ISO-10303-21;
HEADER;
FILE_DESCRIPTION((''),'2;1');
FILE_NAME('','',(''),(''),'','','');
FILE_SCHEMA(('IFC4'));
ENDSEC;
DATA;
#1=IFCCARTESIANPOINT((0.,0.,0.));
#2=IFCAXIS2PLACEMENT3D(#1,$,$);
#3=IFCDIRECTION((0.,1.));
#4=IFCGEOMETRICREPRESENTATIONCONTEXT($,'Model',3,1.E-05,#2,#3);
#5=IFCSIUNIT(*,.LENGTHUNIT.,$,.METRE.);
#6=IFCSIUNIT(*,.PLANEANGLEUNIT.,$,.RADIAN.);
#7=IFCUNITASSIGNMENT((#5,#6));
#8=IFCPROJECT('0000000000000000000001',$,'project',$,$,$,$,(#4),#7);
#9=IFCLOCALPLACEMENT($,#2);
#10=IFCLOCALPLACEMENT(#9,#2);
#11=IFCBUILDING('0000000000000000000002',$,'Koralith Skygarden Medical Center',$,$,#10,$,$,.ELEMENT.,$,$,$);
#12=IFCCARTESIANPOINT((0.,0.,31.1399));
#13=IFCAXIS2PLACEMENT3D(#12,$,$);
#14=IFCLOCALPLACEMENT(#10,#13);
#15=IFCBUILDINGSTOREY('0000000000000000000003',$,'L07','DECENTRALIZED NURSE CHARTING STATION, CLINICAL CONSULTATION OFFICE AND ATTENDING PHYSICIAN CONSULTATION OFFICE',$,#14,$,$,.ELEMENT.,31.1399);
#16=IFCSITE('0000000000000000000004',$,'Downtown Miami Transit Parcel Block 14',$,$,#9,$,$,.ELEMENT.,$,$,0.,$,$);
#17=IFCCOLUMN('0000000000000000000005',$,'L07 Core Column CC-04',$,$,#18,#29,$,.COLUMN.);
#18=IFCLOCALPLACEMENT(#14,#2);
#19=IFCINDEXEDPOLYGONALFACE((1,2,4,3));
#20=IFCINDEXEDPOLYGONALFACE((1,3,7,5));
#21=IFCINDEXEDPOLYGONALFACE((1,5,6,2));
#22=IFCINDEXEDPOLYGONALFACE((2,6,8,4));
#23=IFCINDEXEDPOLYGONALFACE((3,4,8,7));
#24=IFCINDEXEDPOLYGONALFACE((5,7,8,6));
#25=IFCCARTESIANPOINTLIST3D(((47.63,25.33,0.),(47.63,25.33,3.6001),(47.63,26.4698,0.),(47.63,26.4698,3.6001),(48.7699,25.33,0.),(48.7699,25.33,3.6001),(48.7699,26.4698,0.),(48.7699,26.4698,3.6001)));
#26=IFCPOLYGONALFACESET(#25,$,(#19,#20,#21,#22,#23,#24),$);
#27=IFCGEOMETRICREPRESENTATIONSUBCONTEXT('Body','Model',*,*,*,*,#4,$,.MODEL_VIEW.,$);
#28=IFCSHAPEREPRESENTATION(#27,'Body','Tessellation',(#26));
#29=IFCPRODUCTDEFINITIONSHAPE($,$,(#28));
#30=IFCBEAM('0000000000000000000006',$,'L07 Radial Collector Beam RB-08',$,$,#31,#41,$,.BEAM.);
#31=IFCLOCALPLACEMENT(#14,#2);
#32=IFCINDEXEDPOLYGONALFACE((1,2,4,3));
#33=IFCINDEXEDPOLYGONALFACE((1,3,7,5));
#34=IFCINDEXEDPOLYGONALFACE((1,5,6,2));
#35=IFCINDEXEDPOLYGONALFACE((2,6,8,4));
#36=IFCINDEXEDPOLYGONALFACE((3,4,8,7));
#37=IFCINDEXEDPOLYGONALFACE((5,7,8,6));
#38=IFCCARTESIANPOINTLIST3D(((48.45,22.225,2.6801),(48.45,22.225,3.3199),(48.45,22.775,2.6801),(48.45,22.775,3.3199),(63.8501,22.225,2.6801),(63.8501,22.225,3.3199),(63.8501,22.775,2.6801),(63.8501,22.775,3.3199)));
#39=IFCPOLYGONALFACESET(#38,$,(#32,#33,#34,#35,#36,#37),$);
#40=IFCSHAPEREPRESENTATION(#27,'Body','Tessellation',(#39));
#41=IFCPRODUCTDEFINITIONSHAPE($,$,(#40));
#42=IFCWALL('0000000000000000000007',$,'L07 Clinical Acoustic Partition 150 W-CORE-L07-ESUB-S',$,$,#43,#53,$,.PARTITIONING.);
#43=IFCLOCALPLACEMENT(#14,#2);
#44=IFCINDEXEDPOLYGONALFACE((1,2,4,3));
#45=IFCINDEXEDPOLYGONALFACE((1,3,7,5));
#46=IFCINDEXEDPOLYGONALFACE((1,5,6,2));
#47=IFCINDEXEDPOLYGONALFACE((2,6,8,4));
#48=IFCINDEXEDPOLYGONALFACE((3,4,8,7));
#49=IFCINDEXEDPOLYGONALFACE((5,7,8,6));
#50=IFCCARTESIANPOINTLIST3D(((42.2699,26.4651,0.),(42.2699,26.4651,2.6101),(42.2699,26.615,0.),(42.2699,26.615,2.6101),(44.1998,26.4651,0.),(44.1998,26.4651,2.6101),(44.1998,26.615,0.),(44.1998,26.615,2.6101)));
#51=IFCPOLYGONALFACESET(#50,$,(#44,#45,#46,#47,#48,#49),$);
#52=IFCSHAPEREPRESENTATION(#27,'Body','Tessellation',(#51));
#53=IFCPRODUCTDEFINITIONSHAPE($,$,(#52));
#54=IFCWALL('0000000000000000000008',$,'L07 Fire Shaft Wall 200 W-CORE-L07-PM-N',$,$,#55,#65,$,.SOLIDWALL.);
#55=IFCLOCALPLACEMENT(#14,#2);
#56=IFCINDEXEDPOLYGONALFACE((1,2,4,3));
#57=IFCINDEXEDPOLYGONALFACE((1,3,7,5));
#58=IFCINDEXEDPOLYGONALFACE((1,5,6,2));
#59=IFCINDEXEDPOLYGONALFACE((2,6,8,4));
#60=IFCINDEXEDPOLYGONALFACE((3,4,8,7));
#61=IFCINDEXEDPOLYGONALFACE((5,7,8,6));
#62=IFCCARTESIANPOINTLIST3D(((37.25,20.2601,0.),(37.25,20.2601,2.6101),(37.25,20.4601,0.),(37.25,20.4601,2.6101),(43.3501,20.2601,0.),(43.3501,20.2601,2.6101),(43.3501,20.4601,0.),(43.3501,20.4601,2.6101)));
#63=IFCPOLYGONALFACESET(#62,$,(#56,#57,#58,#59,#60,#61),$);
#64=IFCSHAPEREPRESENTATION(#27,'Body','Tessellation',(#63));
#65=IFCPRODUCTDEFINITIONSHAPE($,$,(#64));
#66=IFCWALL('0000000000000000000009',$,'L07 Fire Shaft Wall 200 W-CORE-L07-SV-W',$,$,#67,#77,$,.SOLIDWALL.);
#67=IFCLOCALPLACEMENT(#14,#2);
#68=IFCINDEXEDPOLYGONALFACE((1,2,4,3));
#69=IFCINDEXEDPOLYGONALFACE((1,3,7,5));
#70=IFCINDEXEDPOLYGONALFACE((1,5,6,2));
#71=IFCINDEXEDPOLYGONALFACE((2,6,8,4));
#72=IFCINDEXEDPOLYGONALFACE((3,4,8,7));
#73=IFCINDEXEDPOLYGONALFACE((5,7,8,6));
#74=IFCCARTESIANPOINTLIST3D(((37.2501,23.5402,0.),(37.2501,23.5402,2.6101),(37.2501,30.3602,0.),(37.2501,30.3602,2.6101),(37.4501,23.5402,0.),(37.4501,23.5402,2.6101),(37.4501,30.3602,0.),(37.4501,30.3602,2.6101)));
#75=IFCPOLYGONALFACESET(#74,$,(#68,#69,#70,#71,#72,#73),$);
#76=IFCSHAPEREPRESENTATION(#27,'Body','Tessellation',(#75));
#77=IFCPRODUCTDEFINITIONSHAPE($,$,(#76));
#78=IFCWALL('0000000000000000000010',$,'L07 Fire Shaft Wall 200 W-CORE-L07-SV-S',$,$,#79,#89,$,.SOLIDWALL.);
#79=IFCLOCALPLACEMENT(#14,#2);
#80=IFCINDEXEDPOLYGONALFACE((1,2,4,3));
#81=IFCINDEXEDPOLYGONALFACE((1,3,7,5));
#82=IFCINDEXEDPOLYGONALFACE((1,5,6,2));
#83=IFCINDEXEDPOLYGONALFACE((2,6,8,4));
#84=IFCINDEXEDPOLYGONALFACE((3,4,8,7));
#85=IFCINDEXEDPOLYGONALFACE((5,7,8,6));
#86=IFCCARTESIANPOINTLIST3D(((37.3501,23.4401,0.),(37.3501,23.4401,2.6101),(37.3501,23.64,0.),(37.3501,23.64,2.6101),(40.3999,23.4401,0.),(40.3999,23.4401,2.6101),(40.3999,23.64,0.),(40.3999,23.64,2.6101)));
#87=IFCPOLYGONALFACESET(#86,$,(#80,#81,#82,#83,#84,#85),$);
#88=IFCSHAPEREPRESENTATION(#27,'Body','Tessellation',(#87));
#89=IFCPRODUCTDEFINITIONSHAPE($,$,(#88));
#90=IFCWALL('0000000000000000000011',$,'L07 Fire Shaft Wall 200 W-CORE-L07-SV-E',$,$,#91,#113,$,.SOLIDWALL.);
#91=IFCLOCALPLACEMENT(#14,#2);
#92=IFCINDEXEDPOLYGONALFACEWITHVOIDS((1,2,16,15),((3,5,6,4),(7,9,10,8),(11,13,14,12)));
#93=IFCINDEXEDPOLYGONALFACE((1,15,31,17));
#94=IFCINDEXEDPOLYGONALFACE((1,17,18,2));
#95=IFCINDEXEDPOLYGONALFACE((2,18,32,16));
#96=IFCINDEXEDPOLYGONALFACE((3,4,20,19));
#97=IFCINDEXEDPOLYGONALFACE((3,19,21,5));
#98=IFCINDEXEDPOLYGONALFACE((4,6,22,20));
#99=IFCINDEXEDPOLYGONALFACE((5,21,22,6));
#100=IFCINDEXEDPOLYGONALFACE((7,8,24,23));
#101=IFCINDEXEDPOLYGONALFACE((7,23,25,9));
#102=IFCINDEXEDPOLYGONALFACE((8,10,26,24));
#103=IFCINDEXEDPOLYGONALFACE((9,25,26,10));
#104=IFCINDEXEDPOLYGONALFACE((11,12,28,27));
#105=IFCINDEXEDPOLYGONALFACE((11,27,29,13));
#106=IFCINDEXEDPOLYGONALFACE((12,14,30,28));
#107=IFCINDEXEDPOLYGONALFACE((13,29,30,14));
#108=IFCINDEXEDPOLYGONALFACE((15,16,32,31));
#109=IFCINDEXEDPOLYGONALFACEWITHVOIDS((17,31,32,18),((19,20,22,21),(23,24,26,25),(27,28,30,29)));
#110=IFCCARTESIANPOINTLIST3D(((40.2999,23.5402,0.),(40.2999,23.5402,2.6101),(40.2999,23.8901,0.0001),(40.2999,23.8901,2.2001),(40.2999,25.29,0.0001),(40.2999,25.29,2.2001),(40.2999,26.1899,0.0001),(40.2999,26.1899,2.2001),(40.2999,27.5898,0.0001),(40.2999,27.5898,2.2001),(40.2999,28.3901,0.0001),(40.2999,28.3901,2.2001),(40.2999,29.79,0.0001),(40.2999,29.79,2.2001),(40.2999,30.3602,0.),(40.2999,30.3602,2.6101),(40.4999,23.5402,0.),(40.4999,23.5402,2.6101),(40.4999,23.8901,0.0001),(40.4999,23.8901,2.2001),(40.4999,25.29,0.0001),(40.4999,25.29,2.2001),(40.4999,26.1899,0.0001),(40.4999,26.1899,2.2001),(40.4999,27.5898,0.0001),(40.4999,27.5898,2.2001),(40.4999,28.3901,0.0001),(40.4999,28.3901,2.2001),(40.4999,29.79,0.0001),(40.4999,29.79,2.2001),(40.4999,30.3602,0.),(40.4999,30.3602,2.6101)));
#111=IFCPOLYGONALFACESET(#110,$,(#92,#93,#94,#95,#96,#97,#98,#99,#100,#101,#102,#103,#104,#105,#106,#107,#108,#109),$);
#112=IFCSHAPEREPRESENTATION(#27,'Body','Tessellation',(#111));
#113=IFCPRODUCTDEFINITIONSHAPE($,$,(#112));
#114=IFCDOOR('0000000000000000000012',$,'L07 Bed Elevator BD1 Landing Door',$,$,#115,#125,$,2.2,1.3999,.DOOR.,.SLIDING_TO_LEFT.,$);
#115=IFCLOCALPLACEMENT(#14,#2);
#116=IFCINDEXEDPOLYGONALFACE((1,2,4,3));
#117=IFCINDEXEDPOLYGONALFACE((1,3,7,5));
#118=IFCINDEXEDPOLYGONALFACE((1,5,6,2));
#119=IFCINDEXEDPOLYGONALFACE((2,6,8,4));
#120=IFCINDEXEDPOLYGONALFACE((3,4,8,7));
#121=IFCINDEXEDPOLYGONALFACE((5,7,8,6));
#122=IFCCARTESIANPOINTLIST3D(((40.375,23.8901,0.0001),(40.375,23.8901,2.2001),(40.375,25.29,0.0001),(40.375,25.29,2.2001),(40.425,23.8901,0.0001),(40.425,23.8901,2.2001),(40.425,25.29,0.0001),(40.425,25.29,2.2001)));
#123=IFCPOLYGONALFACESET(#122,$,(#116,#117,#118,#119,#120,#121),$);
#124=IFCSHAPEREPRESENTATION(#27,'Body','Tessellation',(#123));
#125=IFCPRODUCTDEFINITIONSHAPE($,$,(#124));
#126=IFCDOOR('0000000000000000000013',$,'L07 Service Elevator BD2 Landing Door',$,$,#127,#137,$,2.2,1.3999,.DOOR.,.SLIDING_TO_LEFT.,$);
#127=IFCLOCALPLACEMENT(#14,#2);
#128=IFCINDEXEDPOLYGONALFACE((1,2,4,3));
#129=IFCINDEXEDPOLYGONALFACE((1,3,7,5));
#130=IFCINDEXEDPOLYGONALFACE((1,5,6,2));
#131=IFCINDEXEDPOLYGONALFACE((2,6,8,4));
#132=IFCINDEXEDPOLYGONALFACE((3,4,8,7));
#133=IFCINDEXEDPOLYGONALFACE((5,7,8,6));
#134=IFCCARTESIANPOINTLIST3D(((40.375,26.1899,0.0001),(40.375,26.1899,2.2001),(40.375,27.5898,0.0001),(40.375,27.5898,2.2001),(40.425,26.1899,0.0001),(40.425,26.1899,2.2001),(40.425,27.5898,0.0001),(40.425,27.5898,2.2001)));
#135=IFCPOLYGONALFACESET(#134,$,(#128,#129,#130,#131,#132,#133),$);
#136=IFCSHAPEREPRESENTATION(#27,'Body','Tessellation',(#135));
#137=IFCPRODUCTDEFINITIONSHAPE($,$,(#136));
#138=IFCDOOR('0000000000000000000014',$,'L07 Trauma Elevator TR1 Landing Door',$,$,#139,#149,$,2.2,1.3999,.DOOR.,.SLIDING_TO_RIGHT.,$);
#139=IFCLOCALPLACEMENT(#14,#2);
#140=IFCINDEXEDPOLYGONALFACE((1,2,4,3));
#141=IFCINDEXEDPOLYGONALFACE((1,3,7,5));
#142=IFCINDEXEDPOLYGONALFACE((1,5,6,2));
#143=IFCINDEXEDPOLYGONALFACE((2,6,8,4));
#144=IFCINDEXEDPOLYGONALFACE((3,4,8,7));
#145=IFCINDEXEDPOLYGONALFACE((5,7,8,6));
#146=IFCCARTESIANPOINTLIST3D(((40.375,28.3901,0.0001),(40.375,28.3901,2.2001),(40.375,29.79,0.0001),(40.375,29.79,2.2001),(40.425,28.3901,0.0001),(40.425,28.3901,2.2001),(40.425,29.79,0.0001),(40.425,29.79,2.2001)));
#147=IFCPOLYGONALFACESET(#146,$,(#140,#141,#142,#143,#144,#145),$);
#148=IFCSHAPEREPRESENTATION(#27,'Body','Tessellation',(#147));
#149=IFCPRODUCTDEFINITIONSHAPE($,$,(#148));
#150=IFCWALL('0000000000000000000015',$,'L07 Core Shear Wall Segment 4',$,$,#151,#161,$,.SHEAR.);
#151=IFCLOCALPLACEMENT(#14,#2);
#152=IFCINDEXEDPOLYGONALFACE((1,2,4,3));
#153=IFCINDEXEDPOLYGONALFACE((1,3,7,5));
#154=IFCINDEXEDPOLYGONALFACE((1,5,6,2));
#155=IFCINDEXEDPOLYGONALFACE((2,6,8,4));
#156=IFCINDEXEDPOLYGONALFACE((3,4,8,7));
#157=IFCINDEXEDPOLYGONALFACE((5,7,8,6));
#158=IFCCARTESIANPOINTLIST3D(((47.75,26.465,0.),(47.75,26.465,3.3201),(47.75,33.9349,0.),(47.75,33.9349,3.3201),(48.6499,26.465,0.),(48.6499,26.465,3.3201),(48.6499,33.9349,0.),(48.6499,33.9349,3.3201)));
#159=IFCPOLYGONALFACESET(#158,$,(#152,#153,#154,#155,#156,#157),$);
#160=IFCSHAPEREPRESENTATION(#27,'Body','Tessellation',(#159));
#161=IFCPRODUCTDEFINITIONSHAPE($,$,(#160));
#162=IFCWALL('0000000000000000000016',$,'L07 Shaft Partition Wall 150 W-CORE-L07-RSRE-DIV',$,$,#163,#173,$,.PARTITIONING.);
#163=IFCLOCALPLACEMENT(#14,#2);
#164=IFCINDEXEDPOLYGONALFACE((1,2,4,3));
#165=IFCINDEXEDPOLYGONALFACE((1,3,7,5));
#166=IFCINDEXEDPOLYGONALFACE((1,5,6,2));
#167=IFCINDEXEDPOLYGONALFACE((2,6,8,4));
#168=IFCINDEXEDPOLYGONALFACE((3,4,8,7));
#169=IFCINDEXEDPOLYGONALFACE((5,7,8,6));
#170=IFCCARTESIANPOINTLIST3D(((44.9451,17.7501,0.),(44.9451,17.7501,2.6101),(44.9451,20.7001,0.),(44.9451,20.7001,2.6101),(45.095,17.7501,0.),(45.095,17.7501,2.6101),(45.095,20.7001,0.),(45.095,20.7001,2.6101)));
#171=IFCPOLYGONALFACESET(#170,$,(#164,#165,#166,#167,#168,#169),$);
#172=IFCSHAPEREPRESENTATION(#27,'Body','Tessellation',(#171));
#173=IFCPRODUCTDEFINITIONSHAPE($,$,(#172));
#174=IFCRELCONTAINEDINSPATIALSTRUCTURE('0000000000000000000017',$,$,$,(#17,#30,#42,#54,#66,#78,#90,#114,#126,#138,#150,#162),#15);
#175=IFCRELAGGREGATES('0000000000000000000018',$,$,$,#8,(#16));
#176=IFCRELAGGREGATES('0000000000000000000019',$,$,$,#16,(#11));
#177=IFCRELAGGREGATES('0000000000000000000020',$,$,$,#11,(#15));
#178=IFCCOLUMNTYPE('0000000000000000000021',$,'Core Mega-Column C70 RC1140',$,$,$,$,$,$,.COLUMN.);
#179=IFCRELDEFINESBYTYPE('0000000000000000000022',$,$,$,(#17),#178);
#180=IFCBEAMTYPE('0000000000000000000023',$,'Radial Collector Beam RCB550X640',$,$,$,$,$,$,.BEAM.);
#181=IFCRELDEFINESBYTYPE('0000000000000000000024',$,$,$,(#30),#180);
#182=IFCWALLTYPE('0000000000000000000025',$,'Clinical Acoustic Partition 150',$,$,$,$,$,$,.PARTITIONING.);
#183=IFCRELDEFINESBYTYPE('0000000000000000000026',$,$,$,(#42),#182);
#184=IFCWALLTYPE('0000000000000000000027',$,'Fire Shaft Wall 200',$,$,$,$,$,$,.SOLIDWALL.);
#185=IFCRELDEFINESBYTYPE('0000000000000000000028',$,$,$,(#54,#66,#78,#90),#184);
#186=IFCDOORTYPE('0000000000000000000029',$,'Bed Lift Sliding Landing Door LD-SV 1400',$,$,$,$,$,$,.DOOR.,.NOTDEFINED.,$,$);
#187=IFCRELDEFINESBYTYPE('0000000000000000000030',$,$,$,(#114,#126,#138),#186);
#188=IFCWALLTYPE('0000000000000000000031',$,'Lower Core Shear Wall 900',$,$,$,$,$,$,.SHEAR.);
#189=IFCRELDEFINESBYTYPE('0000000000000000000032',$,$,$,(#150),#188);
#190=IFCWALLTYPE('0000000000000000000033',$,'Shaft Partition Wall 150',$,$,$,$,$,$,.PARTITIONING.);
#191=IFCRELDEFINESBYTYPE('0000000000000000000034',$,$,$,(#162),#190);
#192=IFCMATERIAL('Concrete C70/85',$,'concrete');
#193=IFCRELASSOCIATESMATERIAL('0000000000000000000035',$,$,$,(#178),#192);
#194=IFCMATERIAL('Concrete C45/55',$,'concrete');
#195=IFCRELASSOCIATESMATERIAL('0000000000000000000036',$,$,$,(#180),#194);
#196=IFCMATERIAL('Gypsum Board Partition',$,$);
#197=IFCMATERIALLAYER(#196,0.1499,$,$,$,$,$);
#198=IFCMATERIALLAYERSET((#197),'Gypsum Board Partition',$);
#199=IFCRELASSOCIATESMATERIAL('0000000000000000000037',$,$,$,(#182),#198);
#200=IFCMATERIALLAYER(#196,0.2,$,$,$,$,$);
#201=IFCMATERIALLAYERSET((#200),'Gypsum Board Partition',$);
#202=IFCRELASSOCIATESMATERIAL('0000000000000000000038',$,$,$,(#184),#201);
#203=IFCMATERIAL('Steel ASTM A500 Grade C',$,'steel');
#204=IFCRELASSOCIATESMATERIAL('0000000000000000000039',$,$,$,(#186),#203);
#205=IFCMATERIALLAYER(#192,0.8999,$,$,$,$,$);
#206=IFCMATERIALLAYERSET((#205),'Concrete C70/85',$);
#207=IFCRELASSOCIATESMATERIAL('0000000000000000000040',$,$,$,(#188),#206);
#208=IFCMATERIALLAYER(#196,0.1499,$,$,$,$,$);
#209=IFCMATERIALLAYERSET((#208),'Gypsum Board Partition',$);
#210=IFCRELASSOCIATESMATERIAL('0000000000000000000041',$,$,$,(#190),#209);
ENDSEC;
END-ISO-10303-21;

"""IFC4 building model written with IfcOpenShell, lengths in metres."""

from ifc_helpers import new_model, si_unit, direction, frame, frame_2d, origin, origin_2d, place, context, subcontext, project, spatial, rectangle, extrude, material, layer, layer_set, material_profile, profile_set, type_object, element, fill, save


model = new_model("IFC4")

# Units and contexts
model_context = context("Model", 3, precision=1e-05, world=origin(), true_north=direction((0.0, 1.0)))
body_context = subcontext(model_context, "Body", "Model", "MODEL_VIEW")
ifc_project = project(units=[si_unit("LENGTHUNIT", "METRE"), si_unit("PLANEANGLEUNIT", "RADIAN")], contexts=[model_context])

# Site, building, storey
site_placement = place(None, origin())
site = spatial("IfcSite", under=ifc_project, at=site_placement, Name="Downtown Miami Transit Parcel Block 14", CompositionType="ELEMENT", RefElevation=0.0)
building_placement = place(site_placement, origin())
building = spatial("IfcBuilding", under=site, at=building_placement, Name="Koralith Skygarden Medical Center", CompositionType="ELEMENT")
storey_placement = place(building_placement, frame((0.0, 0.0, 31.1399)))
storey = spatial("IfcBuildingStorey", under=building, at=storey_placement, Name="L07", Description="DECENTRALIZED NURSE CHARTING STATION, CLINICAL CONSULTATION OFFICE AND ATTENDING PHYSICIAN CONSULTATION OFFICE", CompositionType="ELEMENT", Elevation=31.1399)

# Column
ifc_material_1 = material(Name="Concrete C70/85", Category="concrete")
ifc_material_profile_1 = material_profile(ifc_material_1, rectangle(XDim=1.1399, YDim=1.1399, at=origin_2d()), Name="RC1140X1140")
ifc_profile_set_1 = profile_set([ifc_material_profile_1], Name="Concrete C70/85")
column_type = type_object("IfcColumnType", Name="Core Mega-Column C70 RC1140", PredefinedType="COLUMN", material=ifc_profile_set_1)
column_placement = place(storey_placement, frame((48.2, 25.8999, 0.0), z_axis=(0.0, 0.0, 1.0), x_axis=(1.0, 0.0, 0.0)))
element("IfcColumn", 1, at=column_placement, inside=storey, type_object=column_type, Name="L07 Core Column CC-04", PredefinedType="COLUMN", context=body_context, shape_type="SweptSolid", body=[
    extrude(rectangle(XDim=1.1399, YDim=1.1399, at=origin_2d()), origin(), (0.0, 0.0, 1.0), 3.6001),
])

# Beam
ifc_material_2 = material(Name="Concrete C45/55", Category="concrete")
ifc_material_profile_2 = material_profile(ifc_material_2, rectangle(XDim=0.55, YDim=0.6399, at=origin_2d()), Name="RCB550X640")
ifc_profile_set_2 = profile_set([ifc_material_profile_2], Name="Concrete C45/55")
beam_type = type_object("IfcBeamType", Name="Radial Collector Beam RCB550X640", PredefinedType="BEAM", material=ifc_profile_set_2)
beam_placement = place(storey_placement, frame((48.45, 22.5, 3.0), z_axis=(1.0, 0.0, 0.0), x_axis=(0.0, 1.0, 0.0)))
element("IfcBeam", 2, at=beam_placement, inside=storey, type_object=beam_type, Name="L07 Radial Collector Beam RB-08", PredefinedType="BEAM", context=body_context, shape_type="SweptSolid", body=[
    extrude(rectangle(XDim=0.55, YDim=0.6399, at=origin_2d()), origin(), (0.0, 0.0, 1.0), 15.4001),
])

# Shared definitions
ifc_material_3 = material(Name="Gypsum Board Partition")
ifc_layer_1 = layer(ifc_material_3, 0.1499)
ifc_layer_set_1 = layer_set([ifc_layer_1], Name="Gypsum Board Partition")
wall_type_1 = type_object("IfcWallType", Name="Clinical Acoustic Partition 150", PredefinedType="PARTITIONING", material=ifc_layer_set_1)

# Wall
wall_1_placement = place(storey_placement, frame((42.27, 26.54, 0.0), z_axis=(0.0, 0.0, 1.0), x_axis=(1.0, 0.0, 0.0)))
element("IfcWall", 3, at=wall_1_placement, inside=storey, type_object=wall_type_1, Name="L07 Clinical Acoustic Partition 150 W-CORE-L07-ESUB-S", PredefinedType="PARTITIONING", context=body_context, shape_type="SweptSolid", body=[
    extrude(rectangle(XDim=1.9299, YDim=0.1499, at=frame_2d((0.9648, 0.0))), origin(), (0.0, 0.0, 1.0), 2.6101),
])

# Shared definitions
ifc_layer_2 = layer(ifc_material_3, 0.2)
ifc_layer_set_2 = layer_set([ifc_layer_2], Name="Gypsum Board Partition")
wall_type_2 = type_object("IfcWallType", Name="Fire Shaft Wall 200", PredefinedType="SOLIDWALL", material=ifc_layer_set_2)
ifc_material_4 = material(Name="Steel ASTM A500 Grade C", Category="steel")

# Walls
wall_2_placement = place(storey_placement, frame((37.25, 20.3601, 0.0), z_axis=(0.0, 0.0, 1.0), x_axis=(1.0, 0.0, 0.0)))
element("IfcWall", 4, at=wall_2_placement, inside=storey, type_object=wall_type_2, Name="L07 Fire Shaft Wall 200 W-CORE-L07-PM-N", PredefinedType="SOLIDWALL", context=body_context, shape_type="SweptSolid", body=[
    extrude(rectangle(XDim=6.1001, YDim=0.2, at=frame_2d((3.05, 0.0))), origin(), (0.0, 0.0, 1.0), 2.6101),
])
wall_3_placement = place(storey_placement, frame((37.3501, 23.54, 0.0), z_axis=(0.0, 0.0, 1.0), x_axis=(0.0, 1.0, 0.0)))
element("IfcWall", 5, at=wall_3_placement, inside=storey, type_object=wall_type_2, Name="L07 Fire Shaft Wall 200 W-CORE-L07-SV-W", PredefinedType="SOLIDWALL", context=body_context, shape_type="SweptSolid", body=[
    extrude(rectangle(XDim=6.8201, YDim=0.2, at=frame_2d((3.4102, 0.0))), origin(), (0.0, 0.0, 1.0), 2.6101),
])
wall_4_placement = place(storey_placement, frame((37.3501, 23.54, 0.0), z_axis=(0.0, 0.0, 1.0), x_axis=(1.0, 0.0, 0.0)))
element("IfcWall", 6, at=wall_4_placement, inside=storey, type_object=wall_type_2, Name="L07 Fire Shaft Wall 200 W-CORE-L07-SV-S", PredefinedType="SOLIDWALL", context=body_context, shape_type="SweptSolid", body=[
    extrude(rectangle(XDim=3.0498, YDim=0.2, at=frame_2d((1.5249, 0.0))), origin(), (0.0, 0.0, 1.0), 2.6101),
])

# Wall, openings, doors
wall_5_placement = place(storey_placement, frame((40.3999, 23.54, 0.0), z_axis=(0.0, 0.0, 1.0), x_axis=(0.0, 1.0, 0.0)))
wall_5 = element("IfcWall", 7, at=wall_5_placement, inside=storey, type_object=wall_type_2, Name="L07 Fire Shaft Wall 200 W-CORE-L07-SV-E", PredefinedType="SOLIDWALL", context=body_context, shape_type="SweptSolid", body=[
    extrude(rectangle(XDim=6.8201, YDim=0.2, at=frame_2d((3.4102, 0.0))), origin(), (0.0, 0.0, 1.0), 2.6101),
])
opening_1_placement = place(wall_5_placement, frame((0.3501, 0.0, 0.0)))
opening_1 = element("IfcOpeningElement", 8, at=opening_1_placement, cuts=wall_5, PredefinedType="OPENING", context=body_context, shape_type="SweptSolid", body=[
    extrude(rectangle(XDim=1.3999, YDim=2.2, at=frame_2d((0.7, 1.1001))), frame((0.0, 0.1099, 0.0), z_axis=(0.0, -1.0, 0.0), x_axis=(1.0, 0.0, 0.0)), (0.0, 0.0, 1.0), 0.22),
])
opening_2_placement = place(wall_5_placement, frame((2.6499, 0.0, 0.0)))
opening_2 = element("IfcOpeningElement", 9, at=opening_2_placement, cuts=wall_5, PredefinedType="OPENING", context=body_context, shape_type="SweptSolid", body=[
    extrude(rectangle(XDim=1.3999, YDim=2.2, at=frame_2d((0.7, 1.1001))), frame((0.0, 0.1099, 0.0), z_axis=(0.0, -1.0, 0.0), x_axis=(1.0, 0.0, 0.0)), (0.0, 0.0, 1.0), 0.22),
])
opening_3_placement = place(wall_5_placement, frame((4.8501, 0.0, 0.0)))
opening_3 = element("IfcOpeningElement", 10, at=opening_3_placement, cuts=wall_5, PredefinedType="OPENING", context=body_context, shape_type="SweptSolid", body=[
    extrude(rectangle(XDim=1.3999, YDim=2.2, at=frame_2d((0.7, 1.1001))), frame((0.0, 0.1099, 0.0), z_axis=(0.0, -1.0, 0.0), x_axis=(1.0, 0.0, 0.0)), (0.0, 0.0, 1.0), 0.22),
])
door_type_1 = type_object("IfcDoorType", Name="Bed Lift Sliding Landing Door LD-SV 1400", OperationType="NOTDEFINED", PredefinedType="DOOR", material=ifc_material_4)
door_1_placement = place(opening_1_placement, origin())
door_1 = element("IfcDoor", 11, at=door_1_placement, inside=storey, type_object=door_type_1, Name="L07 Bed Elevator BD1 Landing Door", OperationType="SLIDING_TO_LEFT", OverallHeight=2.2, OverallWidth=1.3999, PredefinedType="DOOR", context=body_context, shape_type="SweptSolid", body=[
    extrude(rectangle(XDim=1.3999, YDim=2.2, at=frame_2d((0.7, 1.1001))), frame((0.0, 0.0249, 0.0), z_axis=(0.0, -1.0, 0.0), x_axis=(1.0, 0.0, 0.0)), (0.0, 0.0, 1.0), 0.05),
])
fill(opening_1, door_1)
door_2_placement = place(opening_2_placement, origin())
door_2 = element("IfcDoor", 12, at=door_2_placement, inside=storey, type_object=door_type_1, Name="L07 Service Elevator BD2 Landing Door", OperationType="SLIDING_TO_LEFT", OverallHeight=2.2, OverallWidth=1.3999, PredefinedType="DOOR", context=body_context, shape_type="SweptSolid", body=[
    extrude(rectangle(XDim=1.3999, YDim=2.2, at=frame_2d((0.7, 1.1001))), frame((0.0, 0.0249, 0.0), z_axis=(0.0, -1.0, 0.0), x_axis=(1.0, 0.0, 0.0)), (0.0, 0.0, 1.0), 0.05),
])
fill(opening_2, door_2)
door_3_placement = place(opening_3_placement, origin())
door_3 = element("IfcDoor", 13, at=door_3_placement, inside=storey, type_object=door_type_1, Name="L07 Trauma Elevator TR1 Landing Door", OperationType="SLIDING_TO_RIGHT", OverallHeight=2.2, OverallWidth=1.3999, PredefinedType="DOOR", context=body_context, shape_type="SweptSolid", body=[
    extrude(rectangle(XDim=1.3999, YDim=2.2, at=frame_2d((0.7, 1.1001))), frame((0.0, 0.0249, 0.0), z_axis=(0.0, -1.0, 0.0), x_axis=(1.0, 0.0, 0.0)), (0.0, 0.0, 1.0), 0.05),
])
fill(opening_3, door_3)

# Shared definitions
ifc_layer_3 = layer(ifc_material_1, 0.8999)
ifc_layer_set_3 = layer_set([ifc_layer_3], Name="Concrete C70/85")
wall_type_3 = type_object("IfcWallType", Name="Lower Core Shear Wall 900", PredefinedType="SHEAR", material=ifc_layer_set_3)

# Walls
wall_6_placement = place(storey_placement, frame((48.2, 26.4651, 0.0), z_axis=(0.0, 0.0, 1.0), x_axis=(0.0, 1.0, 0.0)))
element("IfcWall", 14, at=wall_6_placement, inside=storey, type_object=wall_type_3, Name="L07 Core Shear Wall Segment 4", PredefinedType="SHEAR", context=body_context, shape_type="SweptSolid", body=[
    extrude(rectangle(XDim=7.47, YDim=0.8999, at=frame_2d((3.7349, 0.0))), origin(), (0.0, 0.0, 1.0), 3.3201),
])
ifc_layer_4 = layer(ifc_material_3, 0.1499)
ifc_layer_set_4 = layer_set([ifc_layer_4], Name="Gypsum Board Partition")
wall_type_4 = type_object("IfcWallType", Name="Shaft Partition Wall 150", PredefinedType="PARTITIONING", material=ifc_layer_set_4)
wall_7_placement = place(storey_placement, frame((45.02, 17.75, 0.0), z_axis=(0.0, 0.0, 1.0), x_axis=(0.0, 1.0, 0.0)))
element("IfcWall", 15, at=wall_7_placement, inside=storey, type_object=wall_type_4, Name="L07 Shaft Partition Wall 150 W-CORE-L07-RSRE-DIV", PredefinedType="PARTITIONING", context=body_context, shape_type="SweptSolid", body=[
    extrude(rectangle(XDim=2.95, YDim=0.1499, at=frame_2d((1.4751, 0.0))), origin(), (0.0, 0.0, 1.0), 2.6101),
])

save(model, "model.ifc")
